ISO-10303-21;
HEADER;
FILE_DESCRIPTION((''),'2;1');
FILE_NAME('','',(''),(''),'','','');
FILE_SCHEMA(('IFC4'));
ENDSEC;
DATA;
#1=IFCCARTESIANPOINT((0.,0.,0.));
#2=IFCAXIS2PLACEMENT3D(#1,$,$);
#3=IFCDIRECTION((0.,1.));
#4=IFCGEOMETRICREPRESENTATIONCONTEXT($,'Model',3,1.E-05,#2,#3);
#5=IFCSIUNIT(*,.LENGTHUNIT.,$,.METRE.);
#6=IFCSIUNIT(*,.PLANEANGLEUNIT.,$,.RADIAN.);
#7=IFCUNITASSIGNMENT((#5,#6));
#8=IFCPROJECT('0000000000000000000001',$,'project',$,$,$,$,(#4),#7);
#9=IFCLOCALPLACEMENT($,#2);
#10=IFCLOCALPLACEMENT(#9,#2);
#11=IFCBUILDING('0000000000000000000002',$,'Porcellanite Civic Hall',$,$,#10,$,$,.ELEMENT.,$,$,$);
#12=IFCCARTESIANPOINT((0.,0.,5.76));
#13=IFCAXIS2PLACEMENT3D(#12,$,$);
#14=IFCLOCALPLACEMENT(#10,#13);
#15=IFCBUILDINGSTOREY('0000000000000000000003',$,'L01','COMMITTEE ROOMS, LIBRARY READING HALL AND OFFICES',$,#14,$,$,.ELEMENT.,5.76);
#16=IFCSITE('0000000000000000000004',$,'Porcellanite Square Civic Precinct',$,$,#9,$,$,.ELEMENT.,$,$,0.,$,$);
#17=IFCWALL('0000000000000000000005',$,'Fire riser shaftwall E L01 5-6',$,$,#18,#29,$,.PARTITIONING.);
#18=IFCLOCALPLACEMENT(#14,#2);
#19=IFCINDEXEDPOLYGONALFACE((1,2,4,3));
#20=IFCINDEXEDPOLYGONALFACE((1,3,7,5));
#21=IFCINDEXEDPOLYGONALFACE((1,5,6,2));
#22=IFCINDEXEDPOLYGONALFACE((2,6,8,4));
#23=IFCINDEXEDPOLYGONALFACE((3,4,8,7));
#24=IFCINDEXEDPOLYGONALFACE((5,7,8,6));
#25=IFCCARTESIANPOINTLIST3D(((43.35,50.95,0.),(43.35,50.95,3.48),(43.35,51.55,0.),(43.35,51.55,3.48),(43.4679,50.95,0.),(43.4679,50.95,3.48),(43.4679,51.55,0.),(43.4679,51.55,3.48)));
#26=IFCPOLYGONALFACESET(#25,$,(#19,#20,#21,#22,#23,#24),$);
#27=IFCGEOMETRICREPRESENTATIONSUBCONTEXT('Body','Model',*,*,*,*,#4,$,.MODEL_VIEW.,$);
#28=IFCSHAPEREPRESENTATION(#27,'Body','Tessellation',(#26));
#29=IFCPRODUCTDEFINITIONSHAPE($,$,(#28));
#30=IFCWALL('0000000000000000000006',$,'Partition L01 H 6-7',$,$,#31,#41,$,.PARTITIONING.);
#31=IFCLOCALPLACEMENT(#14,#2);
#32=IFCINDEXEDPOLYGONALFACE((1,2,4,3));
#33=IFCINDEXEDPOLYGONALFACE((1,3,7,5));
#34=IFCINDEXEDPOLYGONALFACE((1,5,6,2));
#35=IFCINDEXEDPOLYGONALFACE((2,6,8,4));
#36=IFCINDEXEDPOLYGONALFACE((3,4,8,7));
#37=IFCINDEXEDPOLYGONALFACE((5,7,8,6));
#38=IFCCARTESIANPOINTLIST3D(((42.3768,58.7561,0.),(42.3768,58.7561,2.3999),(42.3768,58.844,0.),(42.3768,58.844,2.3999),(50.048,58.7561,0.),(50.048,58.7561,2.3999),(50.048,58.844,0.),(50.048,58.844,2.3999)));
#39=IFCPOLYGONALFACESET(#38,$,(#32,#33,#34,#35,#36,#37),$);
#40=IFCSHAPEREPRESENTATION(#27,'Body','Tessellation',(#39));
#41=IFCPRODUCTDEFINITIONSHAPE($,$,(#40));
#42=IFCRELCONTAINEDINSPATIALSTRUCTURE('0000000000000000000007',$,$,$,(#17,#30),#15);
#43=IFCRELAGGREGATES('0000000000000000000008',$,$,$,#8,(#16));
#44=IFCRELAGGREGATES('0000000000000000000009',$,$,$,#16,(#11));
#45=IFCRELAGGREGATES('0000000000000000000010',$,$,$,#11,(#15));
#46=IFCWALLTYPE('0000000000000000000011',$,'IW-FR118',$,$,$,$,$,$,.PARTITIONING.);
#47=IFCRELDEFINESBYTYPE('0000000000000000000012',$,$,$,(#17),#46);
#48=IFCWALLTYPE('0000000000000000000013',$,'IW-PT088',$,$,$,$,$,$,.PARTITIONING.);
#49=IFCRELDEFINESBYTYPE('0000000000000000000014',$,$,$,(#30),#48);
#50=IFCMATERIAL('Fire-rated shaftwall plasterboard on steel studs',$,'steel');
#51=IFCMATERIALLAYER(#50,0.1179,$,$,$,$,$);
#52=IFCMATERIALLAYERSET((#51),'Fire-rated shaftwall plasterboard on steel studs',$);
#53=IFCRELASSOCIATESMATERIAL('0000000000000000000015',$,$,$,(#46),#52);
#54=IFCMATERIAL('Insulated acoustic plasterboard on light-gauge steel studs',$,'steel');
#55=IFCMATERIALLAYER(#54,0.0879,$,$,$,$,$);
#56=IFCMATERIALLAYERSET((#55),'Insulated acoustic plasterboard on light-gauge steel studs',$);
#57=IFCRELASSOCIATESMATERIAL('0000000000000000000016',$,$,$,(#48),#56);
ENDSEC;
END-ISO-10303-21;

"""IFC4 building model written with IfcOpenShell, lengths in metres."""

from ifc_helpers import new_model, si_unit, direction, frame, frame_2d, origin, place, context, subcontext, project, spatial, rectangle, extrude, material, layer, layer_set, type_object, element, save


model = new_model("IFC4")

# Units and contexts
model_context = context("Model", 3, precision=1e-05, world=origin(), true_north=direction((0.0, 1.0)))
body_context = subcontext(model_context, "Body", "Model", "MODEL_VIEW")
ifc_project = project(units=[si_unit("LENGTHUNIT", "METRE"), si_unit("PLANEANGLEUNIT", "RADIAN")], contexts=[model_context])

# Site, building, storey
site_placement = place(None, origin())
site = spatial("IfcSite", under=ifc_project, at=site_placement, Name="Porcellanite Square Civic Precinct", CompositionType="ELEMENT", RefElevation=0.0)
building_placement = place(site_placement, origin())
building = spatial("IfcBuilding", under=site, at=building_placement, Name="Porcellanite Civic Hall", CompositionType="ELEMENT")
storey_placement = place(building_placement, frame((0.0, 0.0, 5.76)))
storey = spatial("IfcBuildingStorey", under=building, at=storey_placement, Name="L01", Description="COMMITTEE ROOMS, LIBRARY READING HALL AND OFFICES", CompositionType="ELEMENT", Elevation=5.76)

# Walls
ifc_material_1 = material(Name="Fire-rated shaftwall plasterboard on steel studs", Category="steel")
ifc_layer_1 = layer(ifc_material_1, 0.1179)
ifc_layer_set_1 = layer_set([ifc_layer_1], Name="Fire-rated shaftwall plasterboard on steel studs")
wall_type_1 = type_object("IfcWallType", Name="IW-FR118", PredefinedType="PARTITIONING", material=ifc_layer_set_1)
for number, where, z_axis, x_axis, name in (
    (1, (43.4089, 50.95, 0.0), (0.0, 0.0, 1.0), (0.0, 1.0, 0.0), "Fire riser shaftwall E L01 5-6"),
):
    element("IfcWall", number, at=place(storey_placement, frame(where, z_axis=z_axis, x_axis=x_axis)), inside=storey, type_object=wall_type_1, Name=name, PredefinedType="PARTITIONING", context=body_context, shape_type="SweptSolid", body=[
        extrude(rectangle(XDim=0.6001, YDim=0.1179, at=frame_2d((0.3, 0.0))), origin(), (0.0, 0.0, 1.0), 3.48),
    ])
ifc_material_2 = material(Name="Insulated acoustic plasterboard on light-gauge steel studs", Category="steel")
ifc_layer_2 = layer(ifc_material_2, 0.0879)
ifc_layer_set_2 = layer_set([ifc_layer_2], Name="Insulated acoustic plasterboard on light-gauge steel studs")
wall_type_2 = type_object("IfcWallType", Name="IW-PT088", PredefinedType="PARTITIONING", material=ifc_layer_set_2)
wall_1_placement = place(storey_placement, frame((42.377, 58.8, 0.0), z_axis=(0.0, 0.0, 1.0), x_axis=(1.0, 0.0, 0.0)))
element("IfcWall", 2, at=wall_1_placement, inside=storey, type_object=wall_type_2, Name="Partition L01 H 6-7", PredefinedType="PARTITIONING", context=body_context, shape_type="SweptSolid", body=[
    extrude(rectangle(XDim=7.6711, YDim=0.0879, at=frame_2d((3.8354, 0.0))), origin(), (0.0, 0.0, 1.0), 2.3999),
])

save(model, "model.ifc")
